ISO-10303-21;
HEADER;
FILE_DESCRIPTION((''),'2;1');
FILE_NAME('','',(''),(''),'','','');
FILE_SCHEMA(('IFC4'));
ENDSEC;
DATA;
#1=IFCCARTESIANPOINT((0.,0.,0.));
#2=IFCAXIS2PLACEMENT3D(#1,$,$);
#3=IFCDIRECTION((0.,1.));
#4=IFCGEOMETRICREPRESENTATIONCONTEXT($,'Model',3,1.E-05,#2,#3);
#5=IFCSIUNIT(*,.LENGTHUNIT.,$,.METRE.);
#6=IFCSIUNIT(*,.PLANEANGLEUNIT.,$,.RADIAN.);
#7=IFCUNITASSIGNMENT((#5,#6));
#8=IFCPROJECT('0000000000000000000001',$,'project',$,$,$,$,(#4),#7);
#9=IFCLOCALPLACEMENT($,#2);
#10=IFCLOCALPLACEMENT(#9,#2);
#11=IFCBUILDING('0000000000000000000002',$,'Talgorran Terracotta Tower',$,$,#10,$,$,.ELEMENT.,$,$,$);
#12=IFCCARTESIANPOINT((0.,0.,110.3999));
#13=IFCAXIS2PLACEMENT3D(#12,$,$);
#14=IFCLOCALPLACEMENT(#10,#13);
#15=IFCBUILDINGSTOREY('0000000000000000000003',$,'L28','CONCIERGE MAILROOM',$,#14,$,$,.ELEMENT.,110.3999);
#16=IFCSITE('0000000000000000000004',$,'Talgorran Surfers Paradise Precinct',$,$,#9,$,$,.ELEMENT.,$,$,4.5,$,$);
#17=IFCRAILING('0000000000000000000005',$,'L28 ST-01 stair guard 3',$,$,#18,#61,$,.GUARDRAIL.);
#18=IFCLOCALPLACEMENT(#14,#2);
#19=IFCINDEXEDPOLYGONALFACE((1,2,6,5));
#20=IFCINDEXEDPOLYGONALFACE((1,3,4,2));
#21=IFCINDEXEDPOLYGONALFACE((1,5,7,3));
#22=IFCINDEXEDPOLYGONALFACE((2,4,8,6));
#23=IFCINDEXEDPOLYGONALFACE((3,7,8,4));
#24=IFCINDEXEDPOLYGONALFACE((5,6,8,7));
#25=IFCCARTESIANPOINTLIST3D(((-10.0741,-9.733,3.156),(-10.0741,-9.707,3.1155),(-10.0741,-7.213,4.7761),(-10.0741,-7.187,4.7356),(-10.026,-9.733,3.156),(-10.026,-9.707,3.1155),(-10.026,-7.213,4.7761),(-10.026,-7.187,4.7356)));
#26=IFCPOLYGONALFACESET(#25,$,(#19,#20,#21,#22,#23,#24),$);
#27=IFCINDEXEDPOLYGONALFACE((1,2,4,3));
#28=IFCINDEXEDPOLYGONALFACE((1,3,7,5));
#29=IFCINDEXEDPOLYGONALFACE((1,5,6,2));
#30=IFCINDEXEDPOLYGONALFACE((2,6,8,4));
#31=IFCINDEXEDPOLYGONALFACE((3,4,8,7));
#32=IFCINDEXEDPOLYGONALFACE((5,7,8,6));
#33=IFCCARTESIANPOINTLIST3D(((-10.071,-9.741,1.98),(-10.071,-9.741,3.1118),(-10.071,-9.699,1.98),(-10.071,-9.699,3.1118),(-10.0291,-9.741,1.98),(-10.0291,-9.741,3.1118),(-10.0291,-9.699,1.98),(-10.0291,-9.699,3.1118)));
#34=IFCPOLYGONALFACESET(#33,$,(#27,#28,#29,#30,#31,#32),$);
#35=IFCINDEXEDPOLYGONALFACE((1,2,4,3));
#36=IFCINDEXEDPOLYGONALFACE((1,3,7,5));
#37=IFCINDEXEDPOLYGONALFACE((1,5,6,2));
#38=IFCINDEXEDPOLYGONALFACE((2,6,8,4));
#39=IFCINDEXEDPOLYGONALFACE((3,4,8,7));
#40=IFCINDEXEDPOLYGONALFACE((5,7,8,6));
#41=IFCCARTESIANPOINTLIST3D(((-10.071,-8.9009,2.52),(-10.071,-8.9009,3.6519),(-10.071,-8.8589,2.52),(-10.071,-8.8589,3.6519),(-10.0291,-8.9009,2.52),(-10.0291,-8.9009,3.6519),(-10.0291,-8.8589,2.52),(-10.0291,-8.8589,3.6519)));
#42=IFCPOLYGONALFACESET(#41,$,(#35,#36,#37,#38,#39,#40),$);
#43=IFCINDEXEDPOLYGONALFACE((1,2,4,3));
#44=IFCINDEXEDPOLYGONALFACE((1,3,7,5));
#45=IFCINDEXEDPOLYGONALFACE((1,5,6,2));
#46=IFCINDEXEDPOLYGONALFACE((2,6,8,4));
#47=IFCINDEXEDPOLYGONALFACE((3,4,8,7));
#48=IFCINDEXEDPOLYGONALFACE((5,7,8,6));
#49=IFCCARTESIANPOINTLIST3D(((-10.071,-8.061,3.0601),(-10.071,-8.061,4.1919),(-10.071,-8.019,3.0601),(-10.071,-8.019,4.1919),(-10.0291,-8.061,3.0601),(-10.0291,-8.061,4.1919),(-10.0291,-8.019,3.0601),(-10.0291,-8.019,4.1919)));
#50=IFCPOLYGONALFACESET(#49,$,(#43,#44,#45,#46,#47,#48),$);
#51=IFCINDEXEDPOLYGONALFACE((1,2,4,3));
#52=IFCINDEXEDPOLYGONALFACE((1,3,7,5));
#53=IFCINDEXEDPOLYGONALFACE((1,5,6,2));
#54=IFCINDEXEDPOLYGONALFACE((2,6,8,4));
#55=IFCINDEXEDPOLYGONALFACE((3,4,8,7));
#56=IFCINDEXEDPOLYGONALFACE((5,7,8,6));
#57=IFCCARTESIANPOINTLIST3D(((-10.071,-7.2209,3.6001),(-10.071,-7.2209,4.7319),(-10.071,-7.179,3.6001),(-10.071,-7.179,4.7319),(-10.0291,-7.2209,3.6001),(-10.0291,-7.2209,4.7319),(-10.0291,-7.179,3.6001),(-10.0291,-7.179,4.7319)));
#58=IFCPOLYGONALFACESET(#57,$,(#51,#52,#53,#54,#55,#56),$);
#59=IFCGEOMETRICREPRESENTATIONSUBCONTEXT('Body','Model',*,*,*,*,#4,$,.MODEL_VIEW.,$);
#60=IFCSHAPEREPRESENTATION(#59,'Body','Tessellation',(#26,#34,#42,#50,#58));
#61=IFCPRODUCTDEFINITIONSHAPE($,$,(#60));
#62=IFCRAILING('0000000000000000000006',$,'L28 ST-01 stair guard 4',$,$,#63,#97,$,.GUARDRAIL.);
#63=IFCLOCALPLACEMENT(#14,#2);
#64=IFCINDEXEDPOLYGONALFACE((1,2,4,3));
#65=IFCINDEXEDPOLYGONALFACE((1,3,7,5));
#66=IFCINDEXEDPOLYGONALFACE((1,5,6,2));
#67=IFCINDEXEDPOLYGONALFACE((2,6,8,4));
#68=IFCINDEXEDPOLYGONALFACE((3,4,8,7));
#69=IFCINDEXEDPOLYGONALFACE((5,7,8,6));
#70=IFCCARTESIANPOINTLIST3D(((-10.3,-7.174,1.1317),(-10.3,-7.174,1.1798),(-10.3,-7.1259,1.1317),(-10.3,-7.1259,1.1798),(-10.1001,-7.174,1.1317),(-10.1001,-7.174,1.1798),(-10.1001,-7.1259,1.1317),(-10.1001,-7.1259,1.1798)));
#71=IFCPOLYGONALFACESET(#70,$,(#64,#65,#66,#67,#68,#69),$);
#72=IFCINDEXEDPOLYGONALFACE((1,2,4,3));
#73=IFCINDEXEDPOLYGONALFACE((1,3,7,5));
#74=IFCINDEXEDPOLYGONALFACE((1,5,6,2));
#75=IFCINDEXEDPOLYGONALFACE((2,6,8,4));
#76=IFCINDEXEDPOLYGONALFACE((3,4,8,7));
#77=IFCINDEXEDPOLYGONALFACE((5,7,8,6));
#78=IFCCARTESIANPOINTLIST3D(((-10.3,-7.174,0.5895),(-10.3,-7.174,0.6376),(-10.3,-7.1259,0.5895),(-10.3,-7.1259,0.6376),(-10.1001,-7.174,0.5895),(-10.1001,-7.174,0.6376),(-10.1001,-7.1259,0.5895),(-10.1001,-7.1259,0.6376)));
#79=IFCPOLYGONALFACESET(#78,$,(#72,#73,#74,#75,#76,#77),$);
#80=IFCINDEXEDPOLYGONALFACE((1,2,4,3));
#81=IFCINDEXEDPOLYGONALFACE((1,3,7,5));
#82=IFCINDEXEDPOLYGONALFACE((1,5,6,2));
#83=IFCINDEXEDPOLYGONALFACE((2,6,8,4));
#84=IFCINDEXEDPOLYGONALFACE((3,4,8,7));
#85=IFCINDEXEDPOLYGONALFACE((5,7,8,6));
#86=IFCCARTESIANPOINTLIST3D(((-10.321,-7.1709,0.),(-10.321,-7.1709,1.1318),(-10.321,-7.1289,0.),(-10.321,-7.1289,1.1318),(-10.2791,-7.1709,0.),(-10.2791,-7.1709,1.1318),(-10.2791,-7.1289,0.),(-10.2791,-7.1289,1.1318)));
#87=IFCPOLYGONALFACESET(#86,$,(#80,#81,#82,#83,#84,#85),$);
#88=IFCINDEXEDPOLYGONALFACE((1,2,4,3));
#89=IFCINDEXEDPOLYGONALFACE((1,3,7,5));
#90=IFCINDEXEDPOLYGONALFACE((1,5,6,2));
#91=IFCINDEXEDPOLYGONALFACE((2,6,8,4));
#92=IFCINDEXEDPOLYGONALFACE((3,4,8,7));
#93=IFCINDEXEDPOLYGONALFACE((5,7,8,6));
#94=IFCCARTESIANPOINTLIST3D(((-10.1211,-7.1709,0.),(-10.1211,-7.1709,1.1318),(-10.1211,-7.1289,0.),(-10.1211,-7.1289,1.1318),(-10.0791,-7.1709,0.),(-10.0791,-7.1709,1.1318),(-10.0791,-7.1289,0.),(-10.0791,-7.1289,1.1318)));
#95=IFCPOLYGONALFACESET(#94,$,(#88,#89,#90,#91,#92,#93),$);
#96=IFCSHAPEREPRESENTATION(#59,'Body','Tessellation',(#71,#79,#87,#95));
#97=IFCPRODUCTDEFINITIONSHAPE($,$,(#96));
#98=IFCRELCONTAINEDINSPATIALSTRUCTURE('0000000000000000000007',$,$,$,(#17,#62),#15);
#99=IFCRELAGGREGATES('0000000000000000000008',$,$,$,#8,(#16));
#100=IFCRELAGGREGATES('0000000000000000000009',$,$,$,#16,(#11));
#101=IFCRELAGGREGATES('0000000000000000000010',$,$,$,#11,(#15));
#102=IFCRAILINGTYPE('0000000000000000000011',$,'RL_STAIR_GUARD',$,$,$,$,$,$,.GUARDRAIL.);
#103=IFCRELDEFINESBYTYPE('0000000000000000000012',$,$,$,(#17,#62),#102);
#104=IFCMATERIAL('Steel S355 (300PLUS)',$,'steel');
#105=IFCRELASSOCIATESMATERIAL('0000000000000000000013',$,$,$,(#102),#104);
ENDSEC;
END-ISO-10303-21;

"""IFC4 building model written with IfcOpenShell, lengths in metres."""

from ifc_helpers import new_model, si_unit, direction, frame, origin, origin_2d, place, context, subcontext, project, spatial, rectangle, extrude, material, type_object, element, save


model = new_model("IFC4")

# Units and contexts
model_context = context("Model", 3, precision=1e-05, world=origin(), true_north=direction((0.0, 1.0)))
body_context = subcontext(model_context, "Body", "Model", "MODEL_VIEW")
ifc_project = project(units=[si_unit("LENGTHUNIT", "METRE"), si_unit("PLANEANGLEUNIT", "RADIAN")], contexts=[model_context])

# Site, building, storey
site_placement = place(None, origin())
site = spatial("IfcSite", under=ifc_project, at=site_placement, Name="Talgorran Surfers Paradise Precinct", CompositionType="ELEMENT", RefElevation=4.5)
building_placement = place(site_placement, origin())
building = spatial("IfcBuilding", under=site, at=building_placement, Name="Talgorran Terracotta Tower", CompositionType="ELEMENT")
storey_placement = place(building_placement, frame((0.0, 0.0, 110.3999)))
storey = spatial("IfcBuildingStorey", under=building, at=storey_placement, Name="L28", Description="CONCIERGE MAILROOM", CompositionType="ELEMENT", Elevation=110.3999)

# Railings
ifc_material_1 = material(Name="Steel S355 (300PLUS)", Category="steel")
railing_type_1 = type_object("IfcRailingType", Name="RL_STAIR_GUARD", PredefinedType="GUARDRAIL", material=ifc_material_1)
railing_1_placement = place(storey_placement, frame((-10.05, -9.72, 1.98)))
element("IfcRailing", 1, at=railing_1_placement, inside=storey, type_object=railing_type_1, Name="L28 ST-01 stair guard 3", PredefinedType="GUARDRAIL", context=body_context, shape_type="SweptSolid", body=[
    extrude(rectangle(XDim=0.0481, YDim=0.0481, at=origin_2d()), frame((0.0, 0.0, 1.1558), z_axis=(0.0, 0.841163, 0.540782), x_axis=(-1.0, 0.0, 0.0)), (0.0, 0.0, 1.0), 2.9958),
    extrude(rectangle(XDim=0.042, YDim=0.042, at=origin_2d()), origin(), (0.0, 0.0, 1.0), 1.1318),
    extrude(rectangle(XDim=0.042, YDim=0.042, at=origin_2d()), frame((0.0, 0.8401, 0.54)), (0.0, 0.0, 1.0), 1.1318),
    extrude(rectangle(XDim=0.042, YDim=0.042, at=origin_2d()), frame((0.0, 1.6799, 1.0801)), (0.0, 0.0, 1.0), 1.1318),
    extrude(rectangle(XDim=0.042, YDim=0.042, at=origin_2d()), frame((0.0, 2.52, 1.6201)), (0.0, 0.0, 1.0), 1.1318),
])
railing_2_placement = place(storey_placement, frame((-10.3, -7.1499, 0.0)))
element("IfcRailing", 2, at=railing_2_placement, inside=storey, type_object=railing_type_1, Name="L28 ST-01 stair guard 4", PredefinedType="GUARDRAIL", context=body_context, shape_type="SweptSolid", body=[
    extrude(rectangle(XDim=0.0481, YDim=0.0481, at=origin_2d()), frame((0.0, 0.0, 1.1558), z_axis=(1.0, 0.0, 0.0), x_axis=(0.0, 1.0, 0.0)), (0.0, 0.0, 1.0), 0.2),
    extrude(rectangle(XDim=0.0481, YDim=0.0481, at=origin_2d()), frame((0.0, 0.0, 0.6135), z_axis=(1.0, 0.0, 0.0), x_axis=(0.0, 1.0, 0.0)), (0.0, 0.0, 1.0), 0.2),
    extrude(rectangle(XDim=0.042, YDim=0.042, at=origin_2d()), origin(), (0.0, 0.0, 1.0), 1.1318),
    extrude(rectangle(XDim=0.042, YDim=0.042, at=origin_2d()), frame((0.2, 0.0, 0.0)), (0.0, 0.0, 1.0), 1.1318),
])

save(model, "model.ifc")
